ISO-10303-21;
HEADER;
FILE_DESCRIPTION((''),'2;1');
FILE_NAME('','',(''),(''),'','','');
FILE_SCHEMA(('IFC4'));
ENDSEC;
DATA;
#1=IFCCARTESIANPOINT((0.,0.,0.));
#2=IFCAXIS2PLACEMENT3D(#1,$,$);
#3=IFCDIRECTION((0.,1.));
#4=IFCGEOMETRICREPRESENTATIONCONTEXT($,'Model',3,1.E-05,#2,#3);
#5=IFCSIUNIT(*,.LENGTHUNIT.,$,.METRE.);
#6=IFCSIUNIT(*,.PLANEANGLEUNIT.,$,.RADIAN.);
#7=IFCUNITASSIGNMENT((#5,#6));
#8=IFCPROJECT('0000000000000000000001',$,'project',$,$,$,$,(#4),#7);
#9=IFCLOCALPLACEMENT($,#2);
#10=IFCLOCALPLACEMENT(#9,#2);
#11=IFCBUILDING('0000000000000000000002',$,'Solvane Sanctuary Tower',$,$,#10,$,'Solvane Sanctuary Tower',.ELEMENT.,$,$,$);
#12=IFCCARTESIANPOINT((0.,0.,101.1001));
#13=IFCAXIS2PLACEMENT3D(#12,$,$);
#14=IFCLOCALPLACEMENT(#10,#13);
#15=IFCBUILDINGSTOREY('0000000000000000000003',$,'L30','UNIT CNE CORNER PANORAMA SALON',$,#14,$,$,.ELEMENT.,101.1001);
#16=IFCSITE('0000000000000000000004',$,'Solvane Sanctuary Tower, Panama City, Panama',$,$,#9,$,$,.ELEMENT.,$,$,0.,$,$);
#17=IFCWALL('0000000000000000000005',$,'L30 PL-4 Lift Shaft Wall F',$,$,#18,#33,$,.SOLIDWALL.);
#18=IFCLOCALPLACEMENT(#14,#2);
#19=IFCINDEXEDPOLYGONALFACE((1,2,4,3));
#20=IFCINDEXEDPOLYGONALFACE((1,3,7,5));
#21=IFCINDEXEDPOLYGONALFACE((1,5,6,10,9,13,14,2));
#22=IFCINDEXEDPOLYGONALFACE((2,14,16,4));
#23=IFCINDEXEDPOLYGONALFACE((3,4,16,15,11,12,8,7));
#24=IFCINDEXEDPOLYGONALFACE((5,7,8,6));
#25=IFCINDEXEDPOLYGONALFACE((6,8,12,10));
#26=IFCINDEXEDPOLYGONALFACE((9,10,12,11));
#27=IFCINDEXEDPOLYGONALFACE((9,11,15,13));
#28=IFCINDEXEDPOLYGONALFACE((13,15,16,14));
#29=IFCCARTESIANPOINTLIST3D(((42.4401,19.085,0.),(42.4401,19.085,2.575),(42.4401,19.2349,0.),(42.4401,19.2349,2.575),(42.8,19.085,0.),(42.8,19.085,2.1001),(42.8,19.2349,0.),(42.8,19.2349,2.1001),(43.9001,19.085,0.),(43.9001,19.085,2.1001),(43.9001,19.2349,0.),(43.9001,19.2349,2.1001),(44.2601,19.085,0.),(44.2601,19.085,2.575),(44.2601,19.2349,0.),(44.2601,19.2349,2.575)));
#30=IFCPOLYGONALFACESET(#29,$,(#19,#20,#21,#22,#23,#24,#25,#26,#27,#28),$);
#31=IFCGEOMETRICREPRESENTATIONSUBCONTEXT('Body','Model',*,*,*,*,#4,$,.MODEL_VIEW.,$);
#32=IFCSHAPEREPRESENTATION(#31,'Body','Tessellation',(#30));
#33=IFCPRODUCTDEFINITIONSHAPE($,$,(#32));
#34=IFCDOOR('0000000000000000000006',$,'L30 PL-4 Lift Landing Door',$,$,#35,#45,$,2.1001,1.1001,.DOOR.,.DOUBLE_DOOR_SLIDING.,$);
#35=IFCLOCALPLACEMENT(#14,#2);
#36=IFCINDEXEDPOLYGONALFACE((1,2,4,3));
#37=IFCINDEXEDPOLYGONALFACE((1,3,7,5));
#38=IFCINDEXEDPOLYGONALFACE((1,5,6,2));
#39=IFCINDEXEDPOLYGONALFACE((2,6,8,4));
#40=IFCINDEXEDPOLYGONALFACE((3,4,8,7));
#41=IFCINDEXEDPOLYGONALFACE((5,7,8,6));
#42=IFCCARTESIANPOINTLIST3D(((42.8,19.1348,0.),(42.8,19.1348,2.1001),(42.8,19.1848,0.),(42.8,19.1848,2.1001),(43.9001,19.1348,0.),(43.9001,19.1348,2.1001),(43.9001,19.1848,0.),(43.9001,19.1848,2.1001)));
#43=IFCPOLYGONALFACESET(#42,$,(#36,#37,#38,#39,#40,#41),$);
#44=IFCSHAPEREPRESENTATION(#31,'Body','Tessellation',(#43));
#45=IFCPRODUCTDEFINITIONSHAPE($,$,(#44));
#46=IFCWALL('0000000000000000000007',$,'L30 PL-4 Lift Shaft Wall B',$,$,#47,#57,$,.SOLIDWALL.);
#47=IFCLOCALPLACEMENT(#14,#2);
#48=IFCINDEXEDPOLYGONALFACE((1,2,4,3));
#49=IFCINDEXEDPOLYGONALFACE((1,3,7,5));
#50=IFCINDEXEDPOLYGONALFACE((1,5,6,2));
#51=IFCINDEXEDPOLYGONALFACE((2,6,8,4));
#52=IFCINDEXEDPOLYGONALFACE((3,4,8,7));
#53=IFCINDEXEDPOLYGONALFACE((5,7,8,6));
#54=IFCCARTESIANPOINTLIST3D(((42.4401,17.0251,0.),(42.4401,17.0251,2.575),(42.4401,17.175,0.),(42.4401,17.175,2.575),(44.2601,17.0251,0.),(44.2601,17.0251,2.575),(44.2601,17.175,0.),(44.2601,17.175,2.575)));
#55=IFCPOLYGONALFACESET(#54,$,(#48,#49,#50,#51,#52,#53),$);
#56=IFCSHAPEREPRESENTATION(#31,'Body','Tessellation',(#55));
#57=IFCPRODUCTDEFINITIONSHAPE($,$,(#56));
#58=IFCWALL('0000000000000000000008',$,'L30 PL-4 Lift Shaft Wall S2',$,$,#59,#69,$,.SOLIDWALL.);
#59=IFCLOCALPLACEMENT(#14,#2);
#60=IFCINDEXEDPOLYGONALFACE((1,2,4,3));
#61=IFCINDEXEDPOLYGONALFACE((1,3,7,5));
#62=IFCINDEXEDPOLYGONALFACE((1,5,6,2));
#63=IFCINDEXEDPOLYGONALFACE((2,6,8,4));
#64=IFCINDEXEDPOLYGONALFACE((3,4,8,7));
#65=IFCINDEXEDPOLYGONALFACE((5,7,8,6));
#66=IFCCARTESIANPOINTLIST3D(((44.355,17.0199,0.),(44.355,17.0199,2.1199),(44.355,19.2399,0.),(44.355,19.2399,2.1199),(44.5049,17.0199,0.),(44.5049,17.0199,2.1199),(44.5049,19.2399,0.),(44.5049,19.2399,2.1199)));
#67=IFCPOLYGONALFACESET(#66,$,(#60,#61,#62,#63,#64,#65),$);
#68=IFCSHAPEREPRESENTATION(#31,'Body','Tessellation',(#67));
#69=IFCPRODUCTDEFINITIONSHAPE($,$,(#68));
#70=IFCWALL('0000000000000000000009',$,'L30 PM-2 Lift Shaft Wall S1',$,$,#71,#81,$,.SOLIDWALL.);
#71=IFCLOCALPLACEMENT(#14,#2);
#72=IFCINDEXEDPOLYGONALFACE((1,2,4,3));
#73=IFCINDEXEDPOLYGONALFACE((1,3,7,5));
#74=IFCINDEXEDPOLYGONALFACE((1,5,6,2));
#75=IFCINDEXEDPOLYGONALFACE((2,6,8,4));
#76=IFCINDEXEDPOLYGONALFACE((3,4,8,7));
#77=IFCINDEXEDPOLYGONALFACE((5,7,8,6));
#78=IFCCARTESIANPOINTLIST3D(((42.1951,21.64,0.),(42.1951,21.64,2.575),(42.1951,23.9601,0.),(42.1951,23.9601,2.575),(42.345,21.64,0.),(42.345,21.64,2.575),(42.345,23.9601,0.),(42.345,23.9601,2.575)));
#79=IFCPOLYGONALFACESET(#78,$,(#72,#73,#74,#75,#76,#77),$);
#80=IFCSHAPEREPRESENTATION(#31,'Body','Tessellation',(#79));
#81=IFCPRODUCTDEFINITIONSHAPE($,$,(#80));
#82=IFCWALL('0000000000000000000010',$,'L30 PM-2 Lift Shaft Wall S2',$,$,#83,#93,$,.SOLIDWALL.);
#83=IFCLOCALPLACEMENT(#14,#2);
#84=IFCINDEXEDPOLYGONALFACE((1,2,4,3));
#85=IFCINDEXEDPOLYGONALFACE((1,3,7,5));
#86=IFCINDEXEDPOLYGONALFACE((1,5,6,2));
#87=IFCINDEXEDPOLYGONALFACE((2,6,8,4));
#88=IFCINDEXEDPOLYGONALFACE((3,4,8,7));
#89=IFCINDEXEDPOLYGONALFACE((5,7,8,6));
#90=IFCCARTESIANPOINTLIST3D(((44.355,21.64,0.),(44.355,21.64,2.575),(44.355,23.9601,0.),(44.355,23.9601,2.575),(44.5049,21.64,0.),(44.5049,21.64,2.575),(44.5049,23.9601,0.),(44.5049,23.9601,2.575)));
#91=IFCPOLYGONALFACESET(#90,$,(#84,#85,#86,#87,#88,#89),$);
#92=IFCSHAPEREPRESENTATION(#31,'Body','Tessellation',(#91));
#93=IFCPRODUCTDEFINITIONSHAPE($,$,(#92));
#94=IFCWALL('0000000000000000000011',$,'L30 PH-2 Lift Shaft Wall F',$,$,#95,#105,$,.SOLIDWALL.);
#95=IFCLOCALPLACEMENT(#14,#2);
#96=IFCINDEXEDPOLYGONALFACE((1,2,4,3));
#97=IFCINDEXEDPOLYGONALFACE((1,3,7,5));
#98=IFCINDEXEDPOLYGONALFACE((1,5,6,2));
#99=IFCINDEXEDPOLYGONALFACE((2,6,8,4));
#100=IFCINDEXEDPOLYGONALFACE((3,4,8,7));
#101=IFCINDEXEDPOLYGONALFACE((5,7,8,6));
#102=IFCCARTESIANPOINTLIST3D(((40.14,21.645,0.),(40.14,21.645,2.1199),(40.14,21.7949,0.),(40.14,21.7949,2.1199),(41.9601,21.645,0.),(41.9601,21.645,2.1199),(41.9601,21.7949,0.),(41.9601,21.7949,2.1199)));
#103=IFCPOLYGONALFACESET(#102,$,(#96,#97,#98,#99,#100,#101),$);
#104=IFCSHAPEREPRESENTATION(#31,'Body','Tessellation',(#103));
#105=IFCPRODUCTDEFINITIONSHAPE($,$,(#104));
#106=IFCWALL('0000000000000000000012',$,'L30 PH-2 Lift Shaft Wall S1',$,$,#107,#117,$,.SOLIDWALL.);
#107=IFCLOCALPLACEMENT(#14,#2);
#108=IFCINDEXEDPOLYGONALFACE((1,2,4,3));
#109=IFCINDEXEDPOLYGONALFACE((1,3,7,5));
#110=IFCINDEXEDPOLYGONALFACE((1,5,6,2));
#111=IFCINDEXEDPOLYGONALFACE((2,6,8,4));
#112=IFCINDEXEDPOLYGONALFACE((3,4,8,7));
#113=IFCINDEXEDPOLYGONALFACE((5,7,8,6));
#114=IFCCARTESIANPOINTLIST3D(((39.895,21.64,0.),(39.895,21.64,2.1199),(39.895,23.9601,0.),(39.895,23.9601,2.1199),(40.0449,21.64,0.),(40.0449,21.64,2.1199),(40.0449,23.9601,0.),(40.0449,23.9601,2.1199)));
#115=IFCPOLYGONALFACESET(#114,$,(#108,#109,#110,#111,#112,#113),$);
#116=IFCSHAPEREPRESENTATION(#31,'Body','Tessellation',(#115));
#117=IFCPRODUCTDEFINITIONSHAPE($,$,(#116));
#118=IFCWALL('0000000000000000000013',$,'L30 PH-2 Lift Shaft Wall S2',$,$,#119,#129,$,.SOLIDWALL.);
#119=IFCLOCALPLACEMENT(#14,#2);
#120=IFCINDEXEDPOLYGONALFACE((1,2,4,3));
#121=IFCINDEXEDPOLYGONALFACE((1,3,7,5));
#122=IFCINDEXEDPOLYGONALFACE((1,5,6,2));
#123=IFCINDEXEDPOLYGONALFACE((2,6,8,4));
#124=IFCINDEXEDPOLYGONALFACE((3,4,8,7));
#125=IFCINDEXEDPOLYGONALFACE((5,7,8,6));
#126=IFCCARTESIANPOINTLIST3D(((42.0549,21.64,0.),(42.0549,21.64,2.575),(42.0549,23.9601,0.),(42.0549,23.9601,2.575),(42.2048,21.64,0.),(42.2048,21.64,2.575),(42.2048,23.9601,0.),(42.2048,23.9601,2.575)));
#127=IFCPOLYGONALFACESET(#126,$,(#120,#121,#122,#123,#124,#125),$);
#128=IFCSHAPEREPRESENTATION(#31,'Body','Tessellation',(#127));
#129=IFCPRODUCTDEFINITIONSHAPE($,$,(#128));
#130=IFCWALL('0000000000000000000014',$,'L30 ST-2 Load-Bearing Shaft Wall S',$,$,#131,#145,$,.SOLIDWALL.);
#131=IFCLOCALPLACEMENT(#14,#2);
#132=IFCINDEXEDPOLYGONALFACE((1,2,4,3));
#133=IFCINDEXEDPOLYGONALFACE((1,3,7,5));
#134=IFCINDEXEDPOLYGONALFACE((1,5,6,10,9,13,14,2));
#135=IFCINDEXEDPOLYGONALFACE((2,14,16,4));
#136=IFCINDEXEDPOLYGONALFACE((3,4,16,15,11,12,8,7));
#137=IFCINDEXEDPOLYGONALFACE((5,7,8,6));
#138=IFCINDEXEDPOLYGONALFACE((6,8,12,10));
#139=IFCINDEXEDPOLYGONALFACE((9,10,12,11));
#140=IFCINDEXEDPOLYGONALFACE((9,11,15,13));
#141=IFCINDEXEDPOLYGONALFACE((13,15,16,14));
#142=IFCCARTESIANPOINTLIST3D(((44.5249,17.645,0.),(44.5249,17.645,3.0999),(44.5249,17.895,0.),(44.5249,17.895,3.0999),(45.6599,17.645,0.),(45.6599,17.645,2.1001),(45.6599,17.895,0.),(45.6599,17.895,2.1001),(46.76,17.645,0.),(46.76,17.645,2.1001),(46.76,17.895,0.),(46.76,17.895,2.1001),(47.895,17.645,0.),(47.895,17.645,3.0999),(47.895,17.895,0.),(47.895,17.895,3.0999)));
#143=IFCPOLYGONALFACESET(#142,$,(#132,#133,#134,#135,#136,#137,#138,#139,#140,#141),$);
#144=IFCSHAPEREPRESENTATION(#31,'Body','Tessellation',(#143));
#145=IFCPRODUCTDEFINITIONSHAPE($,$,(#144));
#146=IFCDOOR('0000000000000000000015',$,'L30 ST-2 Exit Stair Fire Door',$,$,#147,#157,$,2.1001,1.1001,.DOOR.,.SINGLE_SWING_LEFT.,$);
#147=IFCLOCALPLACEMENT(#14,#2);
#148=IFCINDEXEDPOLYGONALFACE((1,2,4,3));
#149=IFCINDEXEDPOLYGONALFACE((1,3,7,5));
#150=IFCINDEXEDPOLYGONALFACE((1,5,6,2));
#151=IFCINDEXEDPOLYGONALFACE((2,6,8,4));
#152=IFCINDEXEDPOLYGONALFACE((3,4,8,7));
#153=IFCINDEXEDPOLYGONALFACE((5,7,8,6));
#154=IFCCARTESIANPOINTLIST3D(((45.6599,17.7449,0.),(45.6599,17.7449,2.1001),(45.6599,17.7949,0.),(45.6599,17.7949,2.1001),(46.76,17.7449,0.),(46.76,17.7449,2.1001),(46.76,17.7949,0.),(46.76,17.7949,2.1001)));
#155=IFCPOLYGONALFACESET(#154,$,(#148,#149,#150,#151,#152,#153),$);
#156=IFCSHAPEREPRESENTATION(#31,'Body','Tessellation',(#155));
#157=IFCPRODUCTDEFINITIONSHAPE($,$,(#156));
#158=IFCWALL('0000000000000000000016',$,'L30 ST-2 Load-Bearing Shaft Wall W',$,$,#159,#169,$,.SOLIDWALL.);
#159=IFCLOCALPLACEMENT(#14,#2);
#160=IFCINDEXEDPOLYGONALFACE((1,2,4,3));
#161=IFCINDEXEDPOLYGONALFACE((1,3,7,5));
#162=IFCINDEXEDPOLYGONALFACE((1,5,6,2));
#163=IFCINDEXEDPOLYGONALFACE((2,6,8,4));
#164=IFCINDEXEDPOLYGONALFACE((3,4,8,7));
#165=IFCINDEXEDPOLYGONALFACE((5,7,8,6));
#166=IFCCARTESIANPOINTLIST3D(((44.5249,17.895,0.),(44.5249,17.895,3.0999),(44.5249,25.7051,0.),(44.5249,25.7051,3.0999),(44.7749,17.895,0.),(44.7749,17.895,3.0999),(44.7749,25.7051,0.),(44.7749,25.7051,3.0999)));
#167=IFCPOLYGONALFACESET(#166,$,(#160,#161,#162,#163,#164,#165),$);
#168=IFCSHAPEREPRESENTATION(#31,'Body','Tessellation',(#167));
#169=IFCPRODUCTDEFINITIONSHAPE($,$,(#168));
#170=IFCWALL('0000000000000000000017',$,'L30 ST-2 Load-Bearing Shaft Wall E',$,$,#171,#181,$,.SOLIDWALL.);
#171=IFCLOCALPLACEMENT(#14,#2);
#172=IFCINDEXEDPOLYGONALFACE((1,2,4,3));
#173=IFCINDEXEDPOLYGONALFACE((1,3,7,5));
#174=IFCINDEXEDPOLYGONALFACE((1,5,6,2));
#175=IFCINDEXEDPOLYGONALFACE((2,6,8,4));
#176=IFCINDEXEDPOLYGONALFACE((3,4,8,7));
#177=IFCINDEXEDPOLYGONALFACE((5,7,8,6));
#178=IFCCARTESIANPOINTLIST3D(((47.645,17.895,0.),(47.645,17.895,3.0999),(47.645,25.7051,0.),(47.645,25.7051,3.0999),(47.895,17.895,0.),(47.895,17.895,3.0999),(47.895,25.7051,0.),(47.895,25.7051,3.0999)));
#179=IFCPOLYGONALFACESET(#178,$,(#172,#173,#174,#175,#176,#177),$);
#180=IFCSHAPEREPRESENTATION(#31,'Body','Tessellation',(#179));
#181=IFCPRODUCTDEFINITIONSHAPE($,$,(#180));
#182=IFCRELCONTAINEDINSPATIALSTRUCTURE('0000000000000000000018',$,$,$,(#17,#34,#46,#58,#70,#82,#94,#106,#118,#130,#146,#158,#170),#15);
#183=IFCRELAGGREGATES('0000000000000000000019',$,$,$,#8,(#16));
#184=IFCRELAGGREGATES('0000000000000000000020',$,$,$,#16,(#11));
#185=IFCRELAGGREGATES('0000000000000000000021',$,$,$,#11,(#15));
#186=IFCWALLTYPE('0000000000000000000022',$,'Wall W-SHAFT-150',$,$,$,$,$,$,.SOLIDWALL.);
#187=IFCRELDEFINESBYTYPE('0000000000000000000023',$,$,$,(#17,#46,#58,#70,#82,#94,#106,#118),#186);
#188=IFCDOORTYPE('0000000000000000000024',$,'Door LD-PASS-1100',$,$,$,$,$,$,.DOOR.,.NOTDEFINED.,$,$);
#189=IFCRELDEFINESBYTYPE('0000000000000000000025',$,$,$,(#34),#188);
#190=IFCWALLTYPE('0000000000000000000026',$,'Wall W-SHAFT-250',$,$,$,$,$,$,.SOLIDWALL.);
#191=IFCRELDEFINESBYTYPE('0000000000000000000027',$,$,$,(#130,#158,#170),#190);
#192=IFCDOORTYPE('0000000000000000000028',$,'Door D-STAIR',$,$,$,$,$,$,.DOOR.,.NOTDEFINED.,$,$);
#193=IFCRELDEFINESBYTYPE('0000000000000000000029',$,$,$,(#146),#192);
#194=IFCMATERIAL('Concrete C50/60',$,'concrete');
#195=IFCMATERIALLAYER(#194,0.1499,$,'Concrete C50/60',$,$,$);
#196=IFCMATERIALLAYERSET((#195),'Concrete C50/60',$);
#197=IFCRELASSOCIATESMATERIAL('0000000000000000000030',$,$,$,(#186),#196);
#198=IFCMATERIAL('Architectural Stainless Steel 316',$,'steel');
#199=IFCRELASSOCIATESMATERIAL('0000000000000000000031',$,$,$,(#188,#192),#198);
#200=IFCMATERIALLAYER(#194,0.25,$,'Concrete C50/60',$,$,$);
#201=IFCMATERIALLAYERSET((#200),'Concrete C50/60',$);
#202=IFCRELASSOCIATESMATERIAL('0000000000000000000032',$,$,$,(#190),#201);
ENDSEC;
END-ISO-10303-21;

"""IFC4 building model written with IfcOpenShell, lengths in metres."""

from ifc_helpers import new_model, si_unit, direction, frame, frame_2d, origin, place, context, subcontext, project, spatial, rectangle, extrude, material, layer, layer_set, type_object, element, fill, save


model = new_model("IFC4")

# Units and contexts
model_context = context("Model", 3, precision=1e-05, world=origin(), true_north=direction((0.0, 1.0)))
body_context = subcontext(model_context, "Body", "Model", "MODEL_VIEW")
ifc_project = project(units=[si_unit("LENGTHUNIT", "METRE"), si_unit("PLANEANGLEUNIT", "RADIAN")], contexts=[model_context])

# Site, building, storey
site_placement = place(None, origin())
site = spatial("IfcSite", under=ifc_project, at=site_placement, Name="Solvane Sanctuary Tower, Panama City, Panama", CompositionType="ELEMENT", RefElevation=0.0)
building_placement = place(site_placement, origin())
building = spatial("IfcBuilding", under=site, at=building_placement, Name="Solvane Sanctuary Tower", LongName="Solvane Sanctuary Tower", CompositionType="ELEMENT")
storey_placement = place(building_placement, frame((0.0, 0.0, 101.1001)))
storey = spatial("IfcBuildingStorey", under=building, at=storey_placement, Name="L30", Description="UNIT CNE CORNER PANORAMA SALON", CompositionType="ELEMENT", Elevation=101.1001)

# Shared definitions
ifc_material_1 = material(Name="Concrete C50/60", Category="concrete")
ifc_layer_1 = layer(ifc_material_1, 0.1499, Name="Concrete C50/60")
ifc_layer_set_1 = layer_set([ifc_layer_1], Name="Concrete C50/60")
wall_type_1 = type_object("IfcWallType", Name="Wall W-SHAFT-150", PredefinedType="SOLIDWALL", material=ifc_layer_set_1)
ifc_material_2 = material(Name="Architectural Stainless Steel 316", Category="steel")
door_type_1 = type_object("IfcDoorType", Name="Door LD-PASS-1100", OperationType="NOTDEFINED", PredefinedType="DOOR", material=ifc_material_2)

# Wall, opening, door
wall_1_placement = place(storey_placement, frame((42.4399, 19.1599, 0.0), z_axis=(0.0, 0.0, 1.0), x_axis=(1.0, 0.0, 0.0)))
wall_1 = element("IfcWall", 1, at=wall_1_placement, inside=storey, type_object=wall_type_1, Name="L30 PL-4 Lift Shaft Wall F", PredefinedType="SOLIDWALL", context=body_context, shape_type="SweptSolid", body=[
    extrude(rectangle(XDim=1.8201, YDim=0.1499, at=frame_2d((0.9102, 0.0))), origin(), (0.0, 0.0, 1.0), 2.575),
])
opening_1_placement = place(wall_1_placement, frame((0.3601, 0.0, 0.0)))
opening_1 = element("IfcOpeningElement", 2, at=opening_1_placement, cuts=wall_1, PredefinedType="OPENING", context=body_context, shape_type="SweptSolid", body=[
    extrude(rectangle(XDim=1.1001, YDim=2.1001, at=frame_2d((0.55, 1.05))), frame((0.0, 0.085, 0.0), z_axis=(0.0, -1.0, 0.0), x_axis=(1.0, 0.0, 0.0)), (0.0, 0.0, 1.0), 0.1699),
])
door_1_placement = place(opening_1_placement, origin())
door_1 = element("IfcDoor", 3, at=door_1_placement, inside=storey, type_object=door_type_1, Name="L30 PL-4 Lift Landing Door", OperationType="DOUBLE_DOOR_SLIDING", OverallHeight=2.1001, OverallWidth=1.1001, PredefinedType="DOOR", context=body_context, shape_type="SweptSolid", body=[
    extrude(rectangle(XDim=1.1001, YDim=2.1001, at=frame_2d((0.55, 1.05))), frame((0.0, 0.0249, 0.0), z_axis=(0.0, -1.0, 0.0), x_axis=(1.0, 0.0, 0.0)), (0.0, 0.0, 1.0), 0.05),
])
fill(opening_1, door_1)

# Walls
wall_2_placement = place(storey_placement, frame((42.4399, 17.1001, 0.0), z_axis=(0.0, 0.0, 1.0), x_axis=(1.0, 0.0, 0.0)))
element("IfcWall", 4, at=wall_2_placement, inside=storey, type_object=wall_type_1, Name="L30 PL-4 Lift Shaft Wall B", PredefinedType="SOLIDWALL", context=body_context, shape_type="SweptSolid", body=[
    extrude(rectangle(XDim=1.8201, YDim=0.1499, at=frame_2d((0.9102, 0.0))), origin(), (0.0, 0.0, 1.0), 2.575),
])
wall_3_placement = place(storey_placement, frame((44.4299, 17.02, 0.0), z_axis=(0.0, 0.0, 1.0), x_axis=(0.0, 1.0, 0.0)))
element("IfcWall", 5, at=wall_3_placement, inside=storey, type_object=wall_type_1, Name="L30 PL-4 Lift Shaft Wall S2", PredefinedType="SOLIDWALL", context=body_context, shape_type="SweptSolid", body=[
    extrude(rectangle(XDim=2.22, YDim=0.1499, at=frame_2d((1.1099, 0.0))), origin(), (0.0, 0.0, 1.0), 2.1199),
])
for number, where, z_axis, x_axis, name in (
    (6, (42.27, 21.6399, 0.0), (0.0, 0.0, 1.0), (0.0, 1.0, 0.0), "L30 PM-2 Lift Shaft Wall S1"),
    (7, (44.4299, 21.6399, 0.0), (0.0, 0.0, 1.0), (0.0, 1.0, 0.0), "L30 PM-2 Lift Shaft Wall S2"),
):
    element("IfcWall", number, at=place(storey_placement, frame(where, z_axis=z_axis, x_axis=x_axis)), inside=storey, type_object=wall_type_1, Name=name, PredefinedType="SOLIDWALL", context=body_context, shape_type="SweptSolid", body=[
        extrude(rectangle(XDim=2.3201, YDim=0.1499, at=frame_2d((1.1602, 0.0))), origin(), (0.0, 0.0, 1.0), 2.575),
    ])
wall_4_placement = place(storey_placement, frame((40.1399, 21.72, 0.0), z_axis=(0.0, 0.0, 1.0), x_axis=(1.0, 0.0, 0.0)))
element("IfcWall", 8, at=wall_4_placement, inside=storey, type_object=wall_type_1, Name="L30 PH-2 Lift Shaft Wall F", PredefinedType="SOLIDWALL", context=body_context, shape_type="SweptSolid", body=[
    extrude(rectangle(XDim=1.8201, YDim=0.1499, at=frame_2d((0.9102, 0.0))), origin(), (0.0, 0.0, 1.0), 2.1199),
])
wall_5_placement = place(storey_placement, frame((39.97, 21.6399, 0.0), z_axis=(0.0, 0.0, 1.0), x_axis=(0.0, 1.0, 0.0)))
element("IfcWall", 9, at=wall_5_placement, inside=storey, type_object=wall_type_1, Name="L30 PH-2 Lift Shaft Wall S1", PredefinedType="SOLIDWALL", context=body_context, shape_type="SweptSolid", body=[
    extrude(rectangle(XDim=2.3201, YDim=0.1499, at=frame_2d((1.1602, 0.0))), origin(), (0.0, 0.0, 1.0), 2.1199),
])
wall_6_placement = place(storey_placement, frame((42.1299, 21.6399, 0.0), z_axis=(0.0, 0.0, 1.0), x_axis=(0.0, 1.0, 0.0)))
element("IfcWall", 10, at=wall_6_placement, inside=storey, type_object=wall_type_1, Name="L30 PH-2 Lift Shaft Wall S2", PredefinedType="SOLIDWALL", context=body_context, shape_type="SweptSolid", body=[
    extrude(rectangle(XDim=2.3201, YDim=0.1499, at=frame_2d((1.1602, 0.0))), origin(), (0.0, 0.0, 1.0), 2.575),
])

# Wall, opening, door
ifc_layer_2 = layer(ifc_material_1, 0.25, Name="Concrete C50/60")
ifc_layer_set_2 = layer_set([ifc_layer_2], Name="Concrete C50/60")
wall_type_2 = type_object("IfcWallType", Name="Wall W-SHAFT-250", PredefinedType="SOLIDWALL", material=ifc_layer_set_2)
wall_7_placement = place(storey_placement, frame((44.5249, 17.77, 0.0), z_axis=(0.0, 0.0, 1.0), x_axis=(1.0, 0.0, 0.0)))
wall_7 = element("IfcWall", 11, at=wall_7_placement, inside=storey, type_object=wall_type_2, Name="L30 ST-2 Load-Bearing Shaft Wall S", PredefinedType="SOLIDWALL", context=body_context, shape_type="SweptSolid", body=[
    extrude(rectangle(XDim=3.3701, YDim=0.25, at=frame_2d((1.6851, 0.0))), origin(), (0.0, 0.0, 1.0), 3.0999),
])
opening_2_placement = place(wall_7_placement, frame((1.135, 0.0, 0.0)))
opening_2 = element("IfcOpeningElement", 12, at=opening_2_placement, cuts=wall_7, PredefinedType="OPENING", context=body_context, shape_type="SweptSolid", body=[
    extrude(rectangle(XDim=1.1001, YDim=2.1001, at=frame_2d((0.55, 1.05))), frame((0.0, 0.135, 0.0), z_axis=(0.0, -1.0, 0.0), x_axis=(1.0, 0.0, 0.0)), (0.0, 0.0, 1.0), 0.27),
])
door_type_2 = type_object("IfcDoorType", Name="Door D-STAIR", OperationType="NOTDEFINED", PredefinedType="DOOR", material=ifc_material_2)
door_2_placement = place(opening_2_placement, origin())
door_2 = element("IfcDoor", 13, at=door_2_placement, inside=storey, type_object=door_type_2, Name="L30 ST-2 Exit Stair Fire Door", OperationType="SINGLE_SWING_LEFT", OverallHeight=2.1001, OverallWidth=1.1001, PredefinedType="DOOR", context=body_context, shape_type="SweptSolid", body=[
    extrude(rectangle(XDim=1.1001, YDim=2.1001, at=frame_2d((0.55, 1.05))), frame((0.0, 0.0249, 0.0), z_axis=(0.0, -1.0, 0.0), x_axis=(1.0, 0.0, 0.0)), (0.0, 0.0, 1.0), 0.05),
])
fill(opening_2, door_2)

# Walls
for number, where, z_axis, x_axis, name in (
    (14, (44.6499, 17.895, 0.0), (0.0, 0.0, 1.0), (0.0, 1.0, 0.0), "L30 ST-2 Load-Bearing Shaft Wall W"),
    (15, (47.77, 17.895, 0.0), (0.0, 0.0, 1.0), (0.0, 1.0, 0.0), "L30 ST-2 Load-Bearing Shaft Wall E"),
):
    element("IfcWall", number, at=place(storey_placement, frame(where, z_axis=z_axis, x_axis=x_axis)), inside=storey, type_object=wall_type_2, Name=name, PredefinedType="SOLIDWALL", context=body_context, shape_type="SweptSolid", body=[
        extrude(rectangle(XDim=7.8101, YDim=0.25, at=frame_2d((3.905, 0.0))), origin(), (0.0, 0.0, 1.0), 3.0999),
    ])

save(model, "model.ifc")
